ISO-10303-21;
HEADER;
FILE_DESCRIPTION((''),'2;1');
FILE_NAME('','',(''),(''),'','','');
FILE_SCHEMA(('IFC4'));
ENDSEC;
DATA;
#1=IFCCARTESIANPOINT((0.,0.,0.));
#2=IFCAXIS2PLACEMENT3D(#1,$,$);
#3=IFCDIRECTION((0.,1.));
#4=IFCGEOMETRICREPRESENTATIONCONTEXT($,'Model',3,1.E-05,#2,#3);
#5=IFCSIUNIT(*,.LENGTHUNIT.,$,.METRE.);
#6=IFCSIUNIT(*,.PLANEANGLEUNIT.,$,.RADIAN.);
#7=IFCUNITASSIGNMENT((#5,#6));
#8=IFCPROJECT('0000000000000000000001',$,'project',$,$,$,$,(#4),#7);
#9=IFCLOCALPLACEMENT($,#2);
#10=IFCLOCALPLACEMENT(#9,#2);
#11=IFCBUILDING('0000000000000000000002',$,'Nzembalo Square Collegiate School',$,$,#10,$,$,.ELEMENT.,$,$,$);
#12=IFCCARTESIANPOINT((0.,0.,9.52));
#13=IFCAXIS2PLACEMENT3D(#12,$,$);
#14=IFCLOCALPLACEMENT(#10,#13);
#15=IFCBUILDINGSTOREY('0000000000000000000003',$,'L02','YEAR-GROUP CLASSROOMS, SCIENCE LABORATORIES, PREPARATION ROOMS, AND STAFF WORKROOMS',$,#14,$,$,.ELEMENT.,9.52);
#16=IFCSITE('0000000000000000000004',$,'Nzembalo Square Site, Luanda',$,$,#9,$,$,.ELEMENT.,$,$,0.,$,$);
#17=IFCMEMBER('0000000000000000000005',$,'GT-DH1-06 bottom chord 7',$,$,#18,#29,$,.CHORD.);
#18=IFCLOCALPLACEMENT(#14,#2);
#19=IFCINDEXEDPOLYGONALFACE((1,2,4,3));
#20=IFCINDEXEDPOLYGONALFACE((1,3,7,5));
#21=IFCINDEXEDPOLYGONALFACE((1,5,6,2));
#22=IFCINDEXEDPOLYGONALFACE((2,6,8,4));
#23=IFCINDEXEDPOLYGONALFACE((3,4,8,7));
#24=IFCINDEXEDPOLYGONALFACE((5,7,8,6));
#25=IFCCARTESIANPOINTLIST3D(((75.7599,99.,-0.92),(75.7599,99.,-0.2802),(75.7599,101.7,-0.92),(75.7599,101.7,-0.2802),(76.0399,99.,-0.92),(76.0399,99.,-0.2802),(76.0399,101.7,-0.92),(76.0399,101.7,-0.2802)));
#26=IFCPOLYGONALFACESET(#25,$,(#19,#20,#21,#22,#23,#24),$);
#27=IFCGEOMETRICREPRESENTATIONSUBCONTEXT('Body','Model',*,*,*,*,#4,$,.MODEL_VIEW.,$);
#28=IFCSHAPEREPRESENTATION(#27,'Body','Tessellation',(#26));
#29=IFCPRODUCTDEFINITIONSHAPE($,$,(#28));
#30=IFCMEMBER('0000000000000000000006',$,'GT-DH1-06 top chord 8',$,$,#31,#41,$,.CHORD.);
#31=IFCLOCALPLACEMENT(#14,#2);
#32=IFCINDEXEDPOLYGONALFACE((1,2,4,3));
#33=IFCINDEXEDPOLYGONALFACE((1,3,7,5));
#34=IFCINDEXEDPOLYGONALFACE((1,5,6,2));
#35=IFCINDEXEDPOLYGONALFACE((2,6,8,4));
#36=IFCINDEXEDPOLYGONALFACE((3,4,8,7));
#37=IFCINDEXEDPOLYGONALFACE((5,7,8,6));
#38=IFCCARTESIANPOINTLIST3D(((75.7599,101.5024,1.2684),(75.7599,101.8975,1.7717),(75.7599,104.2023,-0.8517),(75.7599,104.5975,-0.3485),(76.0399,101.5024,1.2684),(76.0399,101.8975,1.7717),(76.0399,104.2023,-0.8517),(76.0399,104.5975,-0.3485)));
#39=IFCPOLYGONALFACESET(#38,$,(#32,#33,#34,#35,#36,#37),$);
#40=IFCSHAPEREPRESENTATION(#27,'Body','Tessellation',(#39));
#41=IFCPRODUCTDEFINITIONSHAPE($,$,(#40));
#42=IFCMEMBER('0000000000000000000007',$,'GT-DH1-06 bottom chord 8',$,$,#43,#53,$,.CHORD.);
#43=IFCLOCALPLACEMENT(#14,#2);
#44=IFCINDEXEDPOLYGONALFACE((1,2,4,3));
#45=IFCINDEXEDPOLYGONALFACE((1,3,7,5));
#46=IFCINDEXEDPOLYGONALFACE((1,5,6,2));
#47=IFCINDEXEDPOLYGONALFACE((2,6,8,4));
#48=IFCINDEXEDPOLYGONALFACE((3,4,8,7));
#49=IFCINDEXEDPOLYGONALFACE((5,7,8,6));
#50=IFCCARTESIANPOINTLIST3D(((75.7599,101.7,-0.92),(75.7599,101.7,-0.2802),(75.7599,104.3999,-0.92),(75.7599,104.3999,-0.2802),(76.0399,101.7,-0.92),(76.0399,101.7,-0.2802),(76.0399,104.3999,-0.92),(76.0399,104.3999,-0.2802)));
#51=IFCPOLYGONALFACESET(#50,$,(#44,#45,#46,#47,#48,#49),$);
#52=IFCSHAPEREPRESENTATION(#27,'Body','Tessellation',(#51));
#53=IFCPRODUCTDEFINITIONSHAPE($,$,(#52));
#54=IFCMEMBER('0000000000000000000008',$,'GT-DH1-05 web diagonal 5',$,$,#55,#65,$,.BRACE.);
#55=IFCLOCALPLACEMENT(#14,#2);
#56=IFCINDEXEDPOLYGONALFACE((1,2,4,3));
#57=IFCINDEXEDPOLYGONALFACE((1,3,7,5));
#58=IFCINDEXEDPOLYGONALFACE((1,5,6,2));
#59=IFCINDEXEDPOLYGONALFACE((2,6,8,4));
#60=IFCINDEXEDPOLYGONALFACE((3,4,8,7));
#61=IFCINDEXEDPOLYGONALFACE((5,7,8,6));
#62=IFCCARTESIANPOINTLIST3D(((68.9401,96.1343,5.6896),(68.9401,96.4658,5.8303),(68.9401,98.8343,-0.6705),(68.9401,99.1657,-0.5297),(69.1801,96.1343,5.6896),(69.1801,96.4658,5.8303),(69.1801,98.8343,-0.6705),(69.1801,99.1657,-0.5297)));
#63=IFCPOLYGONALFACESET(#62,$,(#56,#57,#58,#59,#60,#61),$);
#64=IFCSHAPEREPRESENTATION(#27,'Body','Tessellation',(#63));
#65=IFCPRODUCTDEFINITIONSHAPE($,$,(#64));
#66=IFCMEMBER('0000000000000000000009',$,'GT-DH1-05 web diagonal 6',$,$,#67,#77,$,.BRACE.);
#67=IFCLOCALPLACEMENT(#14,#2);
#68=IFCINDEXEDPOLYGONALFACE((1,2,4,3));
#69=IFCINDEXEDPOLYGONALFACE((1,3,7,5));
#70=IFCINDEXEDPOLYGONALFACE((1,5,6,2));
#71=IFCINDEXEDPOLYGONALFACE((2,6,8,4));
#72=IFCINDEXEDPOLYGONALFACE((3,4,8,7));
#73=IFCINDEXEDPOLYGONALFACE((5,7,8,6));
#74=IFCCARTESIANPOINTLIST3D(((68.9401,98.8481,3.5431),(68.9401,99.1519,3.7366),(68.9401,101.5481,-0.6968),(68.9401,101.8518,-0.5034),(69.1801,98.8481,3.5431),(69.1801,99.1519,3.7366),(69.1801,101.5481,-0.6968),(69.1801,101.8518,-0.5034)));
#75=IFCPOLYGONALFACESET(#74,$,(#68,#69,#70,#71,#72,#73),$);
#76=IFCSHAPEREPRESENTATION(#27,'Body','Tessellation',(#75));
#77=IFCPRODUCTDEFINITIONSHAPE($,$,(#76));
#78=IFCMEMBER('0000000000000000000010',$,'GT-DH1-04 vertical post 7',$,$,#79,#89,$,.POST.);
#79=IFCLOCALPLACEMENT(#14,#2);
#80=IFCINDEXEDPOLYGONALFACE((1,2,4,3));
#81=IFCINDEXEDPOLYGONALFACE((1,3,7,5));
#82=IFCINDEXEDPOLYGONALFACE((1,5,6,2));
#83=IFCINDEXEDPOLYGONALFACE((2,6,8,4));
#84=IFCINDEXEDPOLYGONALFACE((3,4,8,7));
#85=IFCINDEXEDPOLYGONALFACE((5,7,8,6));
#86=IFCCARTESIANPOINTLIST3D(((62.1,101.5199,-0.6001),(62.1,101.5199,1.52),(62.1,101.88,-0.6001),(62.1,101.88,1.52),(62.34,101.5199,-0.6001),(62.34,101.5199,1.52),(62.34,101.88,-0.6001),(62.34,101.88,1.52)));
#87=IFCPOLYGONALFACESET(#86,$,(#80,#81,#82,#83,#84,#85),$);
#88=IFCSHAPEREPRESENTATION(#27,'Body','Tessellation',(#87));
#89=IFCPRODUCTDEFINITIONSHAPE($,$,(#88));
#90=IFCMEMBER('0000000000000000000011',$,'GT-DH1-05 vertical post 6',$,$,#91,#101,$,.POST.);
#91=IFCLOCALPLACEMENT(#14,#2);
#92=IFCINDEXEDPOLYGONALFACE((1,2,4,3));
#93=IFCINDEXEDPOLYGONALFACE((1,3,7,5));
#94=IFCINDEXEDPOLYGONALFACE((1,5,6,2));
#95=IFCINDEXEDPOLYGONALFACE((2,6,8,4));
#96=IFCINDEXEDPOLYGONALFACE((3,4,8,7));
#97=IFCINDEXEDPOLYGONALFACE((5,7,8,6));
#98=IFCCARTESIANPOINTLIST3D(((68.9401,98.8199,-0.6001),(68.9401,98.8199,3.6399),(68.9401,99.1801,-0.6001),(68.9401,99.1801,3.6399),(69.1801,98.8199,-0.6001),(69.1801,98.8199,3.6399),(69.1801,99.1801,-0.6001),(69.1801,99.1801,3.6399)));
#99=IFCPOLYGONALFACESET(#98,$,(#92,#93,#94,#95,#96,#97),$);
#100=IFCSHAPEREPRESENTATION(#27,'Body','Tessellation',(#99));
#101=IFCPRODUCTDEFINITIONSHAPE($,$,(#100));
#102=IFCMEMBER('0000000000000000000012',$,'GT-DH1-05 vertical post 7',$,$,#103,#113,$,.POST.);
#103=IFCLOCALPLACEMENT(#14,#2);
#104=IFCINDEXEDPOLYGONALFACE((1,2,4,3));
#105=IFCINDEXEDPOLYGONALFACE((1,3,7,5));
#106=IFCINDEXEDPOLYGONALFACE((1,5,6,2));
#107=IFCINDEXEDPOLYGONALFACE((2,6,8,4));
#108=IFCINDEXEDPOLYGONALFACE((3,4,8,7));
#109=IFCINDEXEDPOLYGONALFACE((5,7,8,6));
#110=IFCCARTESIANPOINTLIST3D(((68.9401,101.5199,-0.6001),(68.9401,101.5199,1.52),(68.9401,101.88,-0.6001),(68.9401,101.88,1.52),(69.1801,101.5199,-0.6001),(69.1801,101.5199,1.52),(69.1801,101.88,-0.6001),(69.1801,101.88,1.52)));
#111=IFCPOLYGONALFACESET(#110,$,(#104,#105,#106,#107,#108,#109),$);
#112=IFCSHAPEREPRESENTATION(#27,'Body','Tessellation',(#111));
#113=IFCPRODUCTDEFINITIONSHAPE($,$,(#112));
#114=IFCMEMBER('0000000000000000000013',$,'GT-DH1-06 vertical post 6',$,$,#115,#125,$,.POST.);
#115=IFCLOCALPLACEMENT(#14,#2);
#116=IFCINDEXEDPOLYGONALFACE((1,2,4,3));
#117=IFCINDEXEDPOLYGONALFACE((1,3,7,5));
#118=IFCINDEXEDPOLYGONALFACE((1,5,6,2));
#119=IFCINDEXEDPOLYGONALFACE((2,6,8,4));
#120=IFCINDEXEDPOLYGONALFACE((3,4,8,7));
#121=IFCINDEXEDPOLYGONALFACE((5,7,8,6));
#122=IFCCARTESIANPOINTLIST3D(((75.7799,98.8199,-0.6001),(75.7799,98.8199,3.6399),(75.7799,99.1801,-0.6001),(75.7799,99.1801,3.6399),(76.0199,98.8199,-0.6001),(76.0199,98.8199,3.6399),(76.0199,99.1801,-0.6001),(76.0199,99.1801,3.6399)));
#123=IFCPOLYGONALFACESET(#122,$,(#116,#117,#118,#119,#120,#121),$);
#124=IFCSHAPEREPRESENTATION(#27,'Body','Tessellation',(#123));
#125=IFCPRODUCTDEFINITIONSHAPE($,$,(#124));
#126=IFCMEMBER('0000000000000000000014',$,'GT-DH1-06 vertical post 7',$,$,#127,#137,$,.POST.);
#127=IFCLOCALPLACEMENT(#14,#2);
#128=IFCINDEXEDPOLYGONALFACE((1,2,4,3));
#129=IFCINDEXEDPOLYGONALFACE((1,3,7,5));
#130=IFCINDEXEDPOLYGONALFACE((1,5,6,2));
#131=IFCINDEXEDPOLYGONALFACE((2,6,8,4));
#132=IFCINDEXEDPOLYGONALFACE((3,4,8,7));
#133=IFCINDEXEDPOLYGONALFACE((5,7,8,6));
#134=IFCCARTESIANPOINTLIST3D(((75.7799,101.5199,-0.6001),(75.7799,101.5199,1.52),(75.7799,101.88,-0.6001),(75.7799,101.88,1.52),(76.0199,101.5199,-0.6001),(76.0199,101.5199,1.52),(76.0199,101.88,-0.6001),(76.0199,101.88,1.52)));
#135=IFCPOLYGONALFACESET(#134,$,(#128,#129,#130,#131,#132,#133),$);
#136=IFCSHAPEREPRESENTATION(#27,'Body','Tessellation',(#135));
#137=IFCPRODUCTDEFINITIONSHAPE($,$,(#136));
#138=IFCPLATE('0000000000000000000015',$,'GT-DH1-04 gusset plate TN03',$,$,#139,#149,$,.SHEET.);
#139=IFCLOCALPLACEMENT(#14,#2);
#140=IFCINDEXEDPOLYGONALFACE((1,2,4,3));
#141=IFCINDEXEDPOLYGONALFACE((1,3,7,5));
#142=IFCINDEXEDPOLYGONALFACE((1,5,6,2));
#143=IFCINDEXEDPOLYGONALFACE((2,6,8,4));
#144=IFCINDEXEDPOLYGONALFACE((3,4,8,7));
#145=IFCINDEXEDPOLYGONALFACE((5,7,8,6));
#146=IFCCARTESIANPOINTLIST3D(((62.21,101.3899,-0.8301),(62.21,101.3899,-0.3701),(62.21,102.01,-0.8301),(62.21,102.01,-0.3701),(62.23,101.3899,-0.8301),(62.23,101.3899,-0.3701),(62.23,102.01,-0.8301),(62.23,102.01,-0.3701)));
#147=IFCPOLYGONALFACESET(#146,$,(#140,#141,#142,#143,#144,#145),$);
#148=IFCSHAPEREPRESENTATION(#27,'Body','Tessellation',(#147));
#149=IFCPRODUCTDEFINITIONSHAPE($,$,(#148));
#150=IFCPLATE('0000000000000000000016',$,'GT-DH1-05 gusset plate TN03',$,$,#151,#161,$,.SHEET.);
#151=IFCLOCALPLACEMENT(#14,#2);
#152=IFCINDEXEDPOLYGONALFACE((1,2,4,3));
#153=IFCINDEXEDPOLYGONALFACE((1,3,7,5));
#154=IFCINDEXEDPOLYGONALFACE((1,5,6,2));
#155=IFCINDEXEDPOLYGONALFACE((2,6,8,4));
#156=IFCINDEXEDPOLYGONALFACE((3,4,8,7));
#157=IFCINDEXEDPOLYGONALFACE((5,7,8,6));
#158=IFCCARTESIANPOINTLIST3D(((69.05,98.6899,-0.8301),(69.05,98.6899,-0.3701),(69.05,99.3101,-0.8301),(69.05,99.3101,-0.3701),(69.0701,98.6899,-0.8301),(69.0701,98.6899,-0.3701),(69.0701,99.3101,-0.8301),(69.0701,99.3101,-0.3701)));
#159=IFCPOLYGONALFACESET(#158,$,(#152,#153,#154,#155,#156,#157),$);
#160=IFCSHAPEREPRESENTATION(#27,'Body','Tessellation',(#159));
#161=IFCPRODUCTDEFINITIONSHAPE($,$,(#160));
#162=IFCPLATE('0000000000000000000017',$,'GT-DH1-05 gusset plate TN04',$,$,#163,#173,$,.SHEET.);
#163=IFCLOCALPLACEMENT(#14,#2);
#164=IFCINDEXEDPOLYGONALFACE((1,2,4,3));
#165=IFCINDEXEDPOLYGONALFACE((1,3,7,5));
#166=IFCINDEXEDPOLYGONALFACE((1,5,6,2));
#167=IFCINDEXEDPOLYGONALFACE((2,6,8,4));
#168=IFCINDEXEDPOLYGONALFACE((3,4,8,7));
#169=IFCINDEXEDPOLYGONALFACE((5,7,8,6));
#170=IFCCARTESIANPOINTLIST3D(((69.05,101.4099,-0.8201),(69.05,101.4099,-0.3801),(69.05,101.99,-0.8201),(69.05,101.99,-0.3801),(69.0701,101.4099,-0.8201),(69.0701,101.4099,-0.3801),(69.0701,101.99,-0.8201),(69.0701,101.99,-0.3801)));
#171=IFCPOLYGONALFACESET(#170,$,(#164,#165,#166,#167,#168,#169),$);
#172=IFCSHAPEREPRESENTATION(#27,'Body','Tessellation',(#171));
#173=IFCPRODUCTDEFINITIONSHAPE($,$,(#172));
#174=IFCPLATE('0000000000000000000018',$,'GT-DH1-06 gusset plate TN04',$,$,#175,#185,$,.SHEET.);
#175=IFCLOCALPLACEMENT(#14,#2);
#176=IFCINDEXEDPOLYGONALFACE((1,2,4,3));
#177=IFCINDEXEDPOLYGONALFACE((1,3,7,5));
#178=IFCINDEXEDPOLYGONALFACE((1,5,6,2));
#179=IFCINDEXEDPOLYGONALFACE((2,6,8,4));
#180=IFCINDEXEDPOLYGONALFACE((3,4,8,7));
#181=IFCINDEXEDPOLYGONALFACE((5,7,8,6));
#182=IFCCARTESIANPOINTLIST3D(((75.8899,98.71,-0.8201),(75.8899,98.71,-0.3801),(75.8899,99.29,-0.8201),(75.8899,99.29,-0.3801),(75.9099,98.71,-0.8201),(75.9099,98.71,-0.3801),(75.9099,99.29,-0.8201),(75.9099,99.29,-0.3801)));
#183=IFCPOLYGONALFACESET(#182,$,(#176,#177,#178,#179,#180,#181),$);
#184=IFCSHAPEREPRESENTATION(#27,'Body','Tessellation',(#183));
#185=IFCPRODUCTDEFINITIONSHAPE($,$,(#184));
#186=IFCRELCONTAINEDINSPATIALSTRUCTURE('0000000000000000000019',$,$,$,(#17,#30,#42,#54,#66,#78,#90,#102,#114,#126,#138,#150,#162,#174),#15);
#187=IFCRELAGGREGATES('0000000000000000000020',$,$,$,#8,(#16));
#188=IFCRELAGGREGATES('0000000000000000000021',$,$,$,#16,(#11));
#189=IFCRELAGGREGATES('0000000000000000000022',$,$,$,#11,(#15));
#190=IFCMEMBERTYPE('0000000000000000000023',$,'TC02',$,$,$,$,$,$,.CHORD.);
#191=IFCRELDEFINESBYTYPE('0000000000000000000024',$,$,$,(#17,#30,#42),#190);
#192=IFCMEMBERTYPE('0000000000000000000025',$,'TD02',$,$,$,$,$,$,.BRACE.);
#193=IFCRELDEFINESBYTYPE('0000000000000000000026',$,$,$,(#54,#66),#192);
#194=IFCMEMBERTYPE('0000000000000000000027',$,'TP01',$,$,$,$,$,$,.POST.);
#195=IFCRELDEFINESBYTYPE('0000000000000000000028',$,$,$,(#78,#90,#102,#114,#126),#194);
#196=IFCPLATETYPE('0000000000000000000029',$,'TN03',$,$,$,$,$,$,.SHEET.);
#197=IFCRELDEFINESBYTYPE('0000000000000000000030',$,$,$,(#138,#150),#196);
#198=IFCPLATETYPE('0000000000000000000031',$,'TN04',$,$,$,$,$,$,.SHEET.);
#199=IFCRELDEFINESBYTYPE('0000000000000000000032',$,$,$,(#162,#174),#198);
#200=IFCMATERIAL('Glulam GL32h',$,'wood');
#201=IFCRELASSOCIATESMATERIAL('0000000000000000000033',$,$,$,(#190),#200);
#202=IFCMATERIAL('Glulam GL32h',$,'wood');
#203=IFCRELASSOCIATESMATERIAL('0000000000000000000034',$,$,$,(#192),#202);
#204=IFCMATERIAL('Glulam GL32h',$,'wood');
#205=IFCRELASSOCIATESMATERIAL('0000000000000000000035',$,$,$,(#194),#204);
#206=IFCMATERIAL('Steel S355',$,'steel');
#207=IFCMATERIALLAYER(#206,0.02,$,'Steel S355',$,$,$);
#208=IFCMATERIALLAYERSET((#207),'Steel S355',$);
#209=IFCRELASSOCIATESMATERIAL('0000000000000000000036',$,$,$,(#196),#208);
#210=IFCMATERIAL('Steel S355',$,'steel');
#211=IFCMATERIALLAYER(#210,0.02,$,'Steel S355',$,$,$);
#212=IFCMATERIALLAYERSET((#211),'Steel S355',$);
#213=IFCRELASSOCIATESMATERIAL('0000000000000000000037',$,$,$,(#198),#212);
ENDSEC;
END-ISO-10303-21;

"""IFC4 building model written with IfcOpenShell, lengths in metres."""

from ifc_helpers import new_model, si_unit, direction, frame, origin, origin_2d, place, context, subcontext, project, spatial, rectangle, extrude, material, layer, layer_set, material_profile, profile_set, type_object, element, save


model = new_model("IFC4")

# Units and contexts
model_context = context("Model", 3, precision=1e-05, world=origin(), true_north=direction((0.0, 1.0)))
body_context = subcontext(model_context, "Body", "Model", "MODEL_VIEW")
ifc_project = project(units=[si_unit("LENGTHUNIT", "METRE"), si_unit("PLANEANGLEUNIT", "RADIAN")], contexts=[model_context])

# Site, building, storey
site_placement = place(None, origin())
site = spatial("IfcSite", under=ifc_project, at=site_placement, Name="Nzembalo Square Site, Luanda", CompositionType="ELEMENT", RefElevation=0.0)
building_placement = place(site_placement, origin())
building = spatial("IfcBuilding", under=site, at=building_placement, Name="Nzembalo Square Collegiate School", CompositionType="ELEMENT")
storey_placement = place(building_placement, frame((0.0, 0.0, 9.52)))
storey = spatial("IfcBuildingStorey", under=building, at=storey_placement, Name="L02", Description="YEAR-GROUP CLASSROOMS, SCIENCE LABORATORIES, PREPARATION ROOMS, AND STAFF WORKROOMS", CompositionType="ELEMENT", Elevation=9.52)

# Members
ifc_material_1 = material(Name="Glulam GL32h", Category="wood")
ifc_material_profile_1 = material_profile(ifc_material_1, rectangle(XDim=0.28, YDim=0.6399, at=origin_2d()), Name="GL32h 280x640")
ifc_profile_set_1 = profile_set([ifc_material_profile_1], Name="Glulam GL32h")
member_type_1 = type_object("IfcMemberType", Name="TC02", PredefinedType="CHORD", material=ifc_profile_set_1)
member_1_placement = place(storey_placement, frame((75.8999, 99.0, -0.6001), z_axis=(0.0, 1.0, 0.0), x_axis=(-1.0, 0.0, 0.0)))
element("IfcMember", 1, at=member_1_placement, inside=storey, type_object=member_type_1, Name="GT-DH1-06 bottom chord 7", PredefinedType="CHORD", context=body_context, shape_type="SweptSolid", body=[
    extrude(rectangle(XDim=0.28, YDim=0.6399, at=origin_2d()), origin(), (0.0, 0.0, 1.0), 2.7),
])
member_2_placement = place(storey_placement, frame((75.8999, 101.7, 1.52), z_axis=(0.0, 0.786498, -0.617592), x_axis=(-1.0, 0.0, 0.0)))
element("IfcMember", 2, at=member_2_placement, inside=storey, type_object=member_type_1, Name="GT-DH1-06 top chord 8", PredefinedType="CHORD", context=body_context, shape_type="SweptSolid", body=[
    extrude(rectangle(XDim=0.28, YDim=0.6399, at=origin_2d()), origin(), (0.0, 0.0, 1.0), 3.4329),
])
member_3_placement = place(storey_placement, frame((75.8999, 101.7, -0.6001), z_axis=(0.0, 1.0, 0.0), x_axis=(-1.0, 0.0, 0.0)))
element("IfcMember", 3, at=member_3_placement, inside=storey, type_object=member_type_1, Name="GT-DH1-06 bottom chord 8", PredefinedType="CHORD", context=body_context, shape_type="SweptSolid", body=[
    extrude(rectangle(XDim=0.28, YDim=0.6399, at=origin_2d()), origin(), (0.0, 0.0, 1.0), 2.7),
])
ifc_material_2 = material(Name="Glulam GL32h", Category="wood")
ifc_material_profile_2 = material_profile(ifc_material_2, rectangle(XDim=0.24, YDim=0.3601, at=origin_2d()), Name="GL32h 240x360")
ifc_profile_set_2 = profile_set([ifc_material_profile_2], Name="Glulam GL32h")
member_type_2 = type_object("IfcMemberType", Name="TD02", PredefinedType="BRACE", material=ifc_profile_set_2)
member_4_placement = place(storey_placement, frame((69.0601, 99.0, -0.6001), z_axis=(0.0, -0.390761, 0.920492), x_axis=(1.0, 0.0, 0.0)))
element("IfcMember", 4, at=member_4_placement, inside=storey, type_object=member_type_2, Name="GT-DH1-05 web diagonal 5", PredefinedType="BRACE", context=body_context, shape_type="SweptSolid", body=[
    extrude(rectangle(XDim=0.24, YDim=0.3601, at=origin_2d()), origin(), (0.0, 0.0, 1.0), 6.9094),
])
member_5_placement = place(storey_placement, frame((69.0601, 101.7, -0.6001), z_axis=(0.0, -0.537127, 0.843501), x_axis=(1.0, 0.0, 0.0)))
element("IfcMember", 5, at=member_5_placement, inside=storey, type_object=member_type_2, Name="GT-DH1-05 web diagonal 6", PredefinedType="BRACE", context=body_context, shape_type="SweptSolid", body=[
    extrude(rectangle(XDim=0.24, YDim=0.3601, at=origin_2d()), origin(), (0.0, 0.0, 1.0), 5.0266),
])
ifc_material_3 = material(Name="Glulam GL32h", Category="wood")
ifc_material_profile_3 = material_profile(ifc_material_3, rectangle(XDim=0.24, YDim=0.3601, at=origin_2d()), Name="GL32h 240x360")
ifc_profile_set_3 = profile_set([ifc_material_profile_3], Name="Glulam GL32h")
member_type_3 = type_object("IfcMemberType", Name="TP01", PredefinedType="POST", material=ifc_profile_set_3)
member_6_placement = place(storey_placement, frame((62.22, 101.7, -0.6001), z_axis=(0.0, 0.0, 1.0), x_axis=(1.0, 0.0, 0.0)))
element("IfcMember", 6, at=member_6_placement, inside=storey, type_object=member_type_3, Name="GT-DH1-04 vertical post 7", PredefinedType="POST", context=body_context, shape_type="SweptSolid", body=[
    extrude(rectangle(XDim=0.24, YDim=0.3601, at=origin_2d()), origin(), (0.0, 0.0, 1.0), 2.1201),
])
member_7_placement = place(storey_placement, frame((69.0601, 99.0, -0.6001), z_axis=(0.0, 0.0, 1.0), x_axis=(1.0, 0.0, 0.0)))
element("IfcMember", 7, at=member_7_placement, inside=storey, type_object=member_type_3, Name="GT-DH1-05 vertical post 6", PredefinedType="POST", context=body_context, shape_type="SweptSolid", body=[
    extrude(rectangle(XDim=0.24, YDim=0.3601, at=origin_2d()), origin(), (0.0, 0.0, 1.0), 4.24),
])
member_8_placement = place(storey_placement, frame((69.0601, 101.7, -0.6001), z_axis=(0.0, 0.0, 1.0), x_axis=(1.0, 0.0, 0.0)))
element("IfcMember", 8, at=member_8_placement, inside=storey, type_object=member_type_3, Name="GT-DH1-05 vertical post 7", PredefinedType="POST", context=body_context, shape_type="SweptSolid", body=[
    extrude(rectangle(XDim=0.24, YDim=0.3601, at=origin_2d()), origin(), (0.0, 0.0, 1.0), 2.1201),
])
member_9_placement = place(storey_placement, frame((75.8999, 99.0, -0.6001), z_axis=(0.0, 0.0, 1.0), x_axis=(1.0, 0.0, 0.0)))
element("IfcMember", 9, at=member_9_placement, inside=storey, type_object=member_type_3, Name="GT-DH1-06 vertical post 6", PredefinedType="POST", context=body_context, shape_type="SweptSolid", body=[
    extrude(rectangle(XDim=0.24, YDim=0.3601, at=origin_2d()), origin(), (0.0, 0.0, 1.0), 4.24),
])
member_10_placement = place(storey_placement, frame((75.8999, 101.7, -0.6001), z_axis=(0.0, 0.0, 1.0), x_axis=(1.0, 0.0, 0.0)))
element("IfcMember", 10, at=member_10_placement, inside=storey, type_object=member_type_3, Name="GT-DH1-06 vertical post 7", PredefinedType="POST", context=body_context, shape_type="SweptSolid", body=[
    extrude(rectangle(XDim=0.24, YDim=0.3601, at=origin_2d()), origin(), (0.0, 0.0, 1.0), 2.1201),
])

# Plates
ifc_material_4 = material(Name="Steel S355", Category="steel")
ifc_layer_1 = layer(ifc_material_4, 0.02, Name="Steel S355")
ifc_layer_set_1 = layer_set([ifc_layer_1], Name="Steel S355")
plate_type_1 = type_object("IfcPlateType", Name="TN03", PredefinedType="SHEET", material=ifc_layer_set_1)
for number, where, z_axis, x_axis, name in (
    (11, (62.22, 101.7, -0.8301), (0.0, 0.0, 1.0), (0.0, 1.0, 0.0), "GT-DH1-04 gusset plate TN03"),
    (12, (69.0601, 99.0, -0.8301), (0.0, 0.0, 1.0), (0.0, 1.0, 0.0), "GT-DH1-05 gusset plate TN03"),
):
    element("IfcPlate", number, at=place(storey_placement, frame(where, z_axis=z_axis, x_axis=x_axis)), inside=storey, type_object=plate_type_1, Name=name, PredefinedType="SHEET", context=body_context, shape_type="SweptSolid", body=[
        extrude(rectangle(XDim=0.6201, YDim=0.02, at=origin_2d()), origin(), (0.0, 0.0, 1.0), 0.46),
    ])
ifc_material_5 = material(Name="Steel S355", Category="steel")
ifc_layer_2 = layer(ifc_material_5, 0.02, Name="Steel S355")
ifc_layer_set_2 = layer_set([ifc_layer_2], Name="Steel S355")
plate_type_2 = type_object("IfcPlateType", Name="TN04", PredefinedType="SHEET", material=ifc_layer_set_2)
for number, where, z_axis, x_axis, name in (
    (13, (69.0601, 101.7, -0.8201), (0.0, 0.0, 1.0), (0.0, 1.0, 0.0), "GT-DH1-05 gusset plate TN04"),
    (14, (75.8999, 99.0, -0.8201), (0.0, 0.0, 1.0), (0.0, 1.0, 0.0), "GT-DH1-06 gusset plate TN04"),
):
    element("IfcPlate", number, at=place(storey_placement, frame(where, z_axis=z_axis, x_axis=x_axis)), inside=storey, type_object=plate_type_2, Name=name, PredefinedType="SHEET", context=body_context, shape_type="SweptSolid", body=[
        extrude(rectangle(XDim=0.5801, YDim=0.02, at=origin_2d()), origin(), (0.0, 0.0, 1.0), 0.4399),
    ])

save(model, "model.ifc")
